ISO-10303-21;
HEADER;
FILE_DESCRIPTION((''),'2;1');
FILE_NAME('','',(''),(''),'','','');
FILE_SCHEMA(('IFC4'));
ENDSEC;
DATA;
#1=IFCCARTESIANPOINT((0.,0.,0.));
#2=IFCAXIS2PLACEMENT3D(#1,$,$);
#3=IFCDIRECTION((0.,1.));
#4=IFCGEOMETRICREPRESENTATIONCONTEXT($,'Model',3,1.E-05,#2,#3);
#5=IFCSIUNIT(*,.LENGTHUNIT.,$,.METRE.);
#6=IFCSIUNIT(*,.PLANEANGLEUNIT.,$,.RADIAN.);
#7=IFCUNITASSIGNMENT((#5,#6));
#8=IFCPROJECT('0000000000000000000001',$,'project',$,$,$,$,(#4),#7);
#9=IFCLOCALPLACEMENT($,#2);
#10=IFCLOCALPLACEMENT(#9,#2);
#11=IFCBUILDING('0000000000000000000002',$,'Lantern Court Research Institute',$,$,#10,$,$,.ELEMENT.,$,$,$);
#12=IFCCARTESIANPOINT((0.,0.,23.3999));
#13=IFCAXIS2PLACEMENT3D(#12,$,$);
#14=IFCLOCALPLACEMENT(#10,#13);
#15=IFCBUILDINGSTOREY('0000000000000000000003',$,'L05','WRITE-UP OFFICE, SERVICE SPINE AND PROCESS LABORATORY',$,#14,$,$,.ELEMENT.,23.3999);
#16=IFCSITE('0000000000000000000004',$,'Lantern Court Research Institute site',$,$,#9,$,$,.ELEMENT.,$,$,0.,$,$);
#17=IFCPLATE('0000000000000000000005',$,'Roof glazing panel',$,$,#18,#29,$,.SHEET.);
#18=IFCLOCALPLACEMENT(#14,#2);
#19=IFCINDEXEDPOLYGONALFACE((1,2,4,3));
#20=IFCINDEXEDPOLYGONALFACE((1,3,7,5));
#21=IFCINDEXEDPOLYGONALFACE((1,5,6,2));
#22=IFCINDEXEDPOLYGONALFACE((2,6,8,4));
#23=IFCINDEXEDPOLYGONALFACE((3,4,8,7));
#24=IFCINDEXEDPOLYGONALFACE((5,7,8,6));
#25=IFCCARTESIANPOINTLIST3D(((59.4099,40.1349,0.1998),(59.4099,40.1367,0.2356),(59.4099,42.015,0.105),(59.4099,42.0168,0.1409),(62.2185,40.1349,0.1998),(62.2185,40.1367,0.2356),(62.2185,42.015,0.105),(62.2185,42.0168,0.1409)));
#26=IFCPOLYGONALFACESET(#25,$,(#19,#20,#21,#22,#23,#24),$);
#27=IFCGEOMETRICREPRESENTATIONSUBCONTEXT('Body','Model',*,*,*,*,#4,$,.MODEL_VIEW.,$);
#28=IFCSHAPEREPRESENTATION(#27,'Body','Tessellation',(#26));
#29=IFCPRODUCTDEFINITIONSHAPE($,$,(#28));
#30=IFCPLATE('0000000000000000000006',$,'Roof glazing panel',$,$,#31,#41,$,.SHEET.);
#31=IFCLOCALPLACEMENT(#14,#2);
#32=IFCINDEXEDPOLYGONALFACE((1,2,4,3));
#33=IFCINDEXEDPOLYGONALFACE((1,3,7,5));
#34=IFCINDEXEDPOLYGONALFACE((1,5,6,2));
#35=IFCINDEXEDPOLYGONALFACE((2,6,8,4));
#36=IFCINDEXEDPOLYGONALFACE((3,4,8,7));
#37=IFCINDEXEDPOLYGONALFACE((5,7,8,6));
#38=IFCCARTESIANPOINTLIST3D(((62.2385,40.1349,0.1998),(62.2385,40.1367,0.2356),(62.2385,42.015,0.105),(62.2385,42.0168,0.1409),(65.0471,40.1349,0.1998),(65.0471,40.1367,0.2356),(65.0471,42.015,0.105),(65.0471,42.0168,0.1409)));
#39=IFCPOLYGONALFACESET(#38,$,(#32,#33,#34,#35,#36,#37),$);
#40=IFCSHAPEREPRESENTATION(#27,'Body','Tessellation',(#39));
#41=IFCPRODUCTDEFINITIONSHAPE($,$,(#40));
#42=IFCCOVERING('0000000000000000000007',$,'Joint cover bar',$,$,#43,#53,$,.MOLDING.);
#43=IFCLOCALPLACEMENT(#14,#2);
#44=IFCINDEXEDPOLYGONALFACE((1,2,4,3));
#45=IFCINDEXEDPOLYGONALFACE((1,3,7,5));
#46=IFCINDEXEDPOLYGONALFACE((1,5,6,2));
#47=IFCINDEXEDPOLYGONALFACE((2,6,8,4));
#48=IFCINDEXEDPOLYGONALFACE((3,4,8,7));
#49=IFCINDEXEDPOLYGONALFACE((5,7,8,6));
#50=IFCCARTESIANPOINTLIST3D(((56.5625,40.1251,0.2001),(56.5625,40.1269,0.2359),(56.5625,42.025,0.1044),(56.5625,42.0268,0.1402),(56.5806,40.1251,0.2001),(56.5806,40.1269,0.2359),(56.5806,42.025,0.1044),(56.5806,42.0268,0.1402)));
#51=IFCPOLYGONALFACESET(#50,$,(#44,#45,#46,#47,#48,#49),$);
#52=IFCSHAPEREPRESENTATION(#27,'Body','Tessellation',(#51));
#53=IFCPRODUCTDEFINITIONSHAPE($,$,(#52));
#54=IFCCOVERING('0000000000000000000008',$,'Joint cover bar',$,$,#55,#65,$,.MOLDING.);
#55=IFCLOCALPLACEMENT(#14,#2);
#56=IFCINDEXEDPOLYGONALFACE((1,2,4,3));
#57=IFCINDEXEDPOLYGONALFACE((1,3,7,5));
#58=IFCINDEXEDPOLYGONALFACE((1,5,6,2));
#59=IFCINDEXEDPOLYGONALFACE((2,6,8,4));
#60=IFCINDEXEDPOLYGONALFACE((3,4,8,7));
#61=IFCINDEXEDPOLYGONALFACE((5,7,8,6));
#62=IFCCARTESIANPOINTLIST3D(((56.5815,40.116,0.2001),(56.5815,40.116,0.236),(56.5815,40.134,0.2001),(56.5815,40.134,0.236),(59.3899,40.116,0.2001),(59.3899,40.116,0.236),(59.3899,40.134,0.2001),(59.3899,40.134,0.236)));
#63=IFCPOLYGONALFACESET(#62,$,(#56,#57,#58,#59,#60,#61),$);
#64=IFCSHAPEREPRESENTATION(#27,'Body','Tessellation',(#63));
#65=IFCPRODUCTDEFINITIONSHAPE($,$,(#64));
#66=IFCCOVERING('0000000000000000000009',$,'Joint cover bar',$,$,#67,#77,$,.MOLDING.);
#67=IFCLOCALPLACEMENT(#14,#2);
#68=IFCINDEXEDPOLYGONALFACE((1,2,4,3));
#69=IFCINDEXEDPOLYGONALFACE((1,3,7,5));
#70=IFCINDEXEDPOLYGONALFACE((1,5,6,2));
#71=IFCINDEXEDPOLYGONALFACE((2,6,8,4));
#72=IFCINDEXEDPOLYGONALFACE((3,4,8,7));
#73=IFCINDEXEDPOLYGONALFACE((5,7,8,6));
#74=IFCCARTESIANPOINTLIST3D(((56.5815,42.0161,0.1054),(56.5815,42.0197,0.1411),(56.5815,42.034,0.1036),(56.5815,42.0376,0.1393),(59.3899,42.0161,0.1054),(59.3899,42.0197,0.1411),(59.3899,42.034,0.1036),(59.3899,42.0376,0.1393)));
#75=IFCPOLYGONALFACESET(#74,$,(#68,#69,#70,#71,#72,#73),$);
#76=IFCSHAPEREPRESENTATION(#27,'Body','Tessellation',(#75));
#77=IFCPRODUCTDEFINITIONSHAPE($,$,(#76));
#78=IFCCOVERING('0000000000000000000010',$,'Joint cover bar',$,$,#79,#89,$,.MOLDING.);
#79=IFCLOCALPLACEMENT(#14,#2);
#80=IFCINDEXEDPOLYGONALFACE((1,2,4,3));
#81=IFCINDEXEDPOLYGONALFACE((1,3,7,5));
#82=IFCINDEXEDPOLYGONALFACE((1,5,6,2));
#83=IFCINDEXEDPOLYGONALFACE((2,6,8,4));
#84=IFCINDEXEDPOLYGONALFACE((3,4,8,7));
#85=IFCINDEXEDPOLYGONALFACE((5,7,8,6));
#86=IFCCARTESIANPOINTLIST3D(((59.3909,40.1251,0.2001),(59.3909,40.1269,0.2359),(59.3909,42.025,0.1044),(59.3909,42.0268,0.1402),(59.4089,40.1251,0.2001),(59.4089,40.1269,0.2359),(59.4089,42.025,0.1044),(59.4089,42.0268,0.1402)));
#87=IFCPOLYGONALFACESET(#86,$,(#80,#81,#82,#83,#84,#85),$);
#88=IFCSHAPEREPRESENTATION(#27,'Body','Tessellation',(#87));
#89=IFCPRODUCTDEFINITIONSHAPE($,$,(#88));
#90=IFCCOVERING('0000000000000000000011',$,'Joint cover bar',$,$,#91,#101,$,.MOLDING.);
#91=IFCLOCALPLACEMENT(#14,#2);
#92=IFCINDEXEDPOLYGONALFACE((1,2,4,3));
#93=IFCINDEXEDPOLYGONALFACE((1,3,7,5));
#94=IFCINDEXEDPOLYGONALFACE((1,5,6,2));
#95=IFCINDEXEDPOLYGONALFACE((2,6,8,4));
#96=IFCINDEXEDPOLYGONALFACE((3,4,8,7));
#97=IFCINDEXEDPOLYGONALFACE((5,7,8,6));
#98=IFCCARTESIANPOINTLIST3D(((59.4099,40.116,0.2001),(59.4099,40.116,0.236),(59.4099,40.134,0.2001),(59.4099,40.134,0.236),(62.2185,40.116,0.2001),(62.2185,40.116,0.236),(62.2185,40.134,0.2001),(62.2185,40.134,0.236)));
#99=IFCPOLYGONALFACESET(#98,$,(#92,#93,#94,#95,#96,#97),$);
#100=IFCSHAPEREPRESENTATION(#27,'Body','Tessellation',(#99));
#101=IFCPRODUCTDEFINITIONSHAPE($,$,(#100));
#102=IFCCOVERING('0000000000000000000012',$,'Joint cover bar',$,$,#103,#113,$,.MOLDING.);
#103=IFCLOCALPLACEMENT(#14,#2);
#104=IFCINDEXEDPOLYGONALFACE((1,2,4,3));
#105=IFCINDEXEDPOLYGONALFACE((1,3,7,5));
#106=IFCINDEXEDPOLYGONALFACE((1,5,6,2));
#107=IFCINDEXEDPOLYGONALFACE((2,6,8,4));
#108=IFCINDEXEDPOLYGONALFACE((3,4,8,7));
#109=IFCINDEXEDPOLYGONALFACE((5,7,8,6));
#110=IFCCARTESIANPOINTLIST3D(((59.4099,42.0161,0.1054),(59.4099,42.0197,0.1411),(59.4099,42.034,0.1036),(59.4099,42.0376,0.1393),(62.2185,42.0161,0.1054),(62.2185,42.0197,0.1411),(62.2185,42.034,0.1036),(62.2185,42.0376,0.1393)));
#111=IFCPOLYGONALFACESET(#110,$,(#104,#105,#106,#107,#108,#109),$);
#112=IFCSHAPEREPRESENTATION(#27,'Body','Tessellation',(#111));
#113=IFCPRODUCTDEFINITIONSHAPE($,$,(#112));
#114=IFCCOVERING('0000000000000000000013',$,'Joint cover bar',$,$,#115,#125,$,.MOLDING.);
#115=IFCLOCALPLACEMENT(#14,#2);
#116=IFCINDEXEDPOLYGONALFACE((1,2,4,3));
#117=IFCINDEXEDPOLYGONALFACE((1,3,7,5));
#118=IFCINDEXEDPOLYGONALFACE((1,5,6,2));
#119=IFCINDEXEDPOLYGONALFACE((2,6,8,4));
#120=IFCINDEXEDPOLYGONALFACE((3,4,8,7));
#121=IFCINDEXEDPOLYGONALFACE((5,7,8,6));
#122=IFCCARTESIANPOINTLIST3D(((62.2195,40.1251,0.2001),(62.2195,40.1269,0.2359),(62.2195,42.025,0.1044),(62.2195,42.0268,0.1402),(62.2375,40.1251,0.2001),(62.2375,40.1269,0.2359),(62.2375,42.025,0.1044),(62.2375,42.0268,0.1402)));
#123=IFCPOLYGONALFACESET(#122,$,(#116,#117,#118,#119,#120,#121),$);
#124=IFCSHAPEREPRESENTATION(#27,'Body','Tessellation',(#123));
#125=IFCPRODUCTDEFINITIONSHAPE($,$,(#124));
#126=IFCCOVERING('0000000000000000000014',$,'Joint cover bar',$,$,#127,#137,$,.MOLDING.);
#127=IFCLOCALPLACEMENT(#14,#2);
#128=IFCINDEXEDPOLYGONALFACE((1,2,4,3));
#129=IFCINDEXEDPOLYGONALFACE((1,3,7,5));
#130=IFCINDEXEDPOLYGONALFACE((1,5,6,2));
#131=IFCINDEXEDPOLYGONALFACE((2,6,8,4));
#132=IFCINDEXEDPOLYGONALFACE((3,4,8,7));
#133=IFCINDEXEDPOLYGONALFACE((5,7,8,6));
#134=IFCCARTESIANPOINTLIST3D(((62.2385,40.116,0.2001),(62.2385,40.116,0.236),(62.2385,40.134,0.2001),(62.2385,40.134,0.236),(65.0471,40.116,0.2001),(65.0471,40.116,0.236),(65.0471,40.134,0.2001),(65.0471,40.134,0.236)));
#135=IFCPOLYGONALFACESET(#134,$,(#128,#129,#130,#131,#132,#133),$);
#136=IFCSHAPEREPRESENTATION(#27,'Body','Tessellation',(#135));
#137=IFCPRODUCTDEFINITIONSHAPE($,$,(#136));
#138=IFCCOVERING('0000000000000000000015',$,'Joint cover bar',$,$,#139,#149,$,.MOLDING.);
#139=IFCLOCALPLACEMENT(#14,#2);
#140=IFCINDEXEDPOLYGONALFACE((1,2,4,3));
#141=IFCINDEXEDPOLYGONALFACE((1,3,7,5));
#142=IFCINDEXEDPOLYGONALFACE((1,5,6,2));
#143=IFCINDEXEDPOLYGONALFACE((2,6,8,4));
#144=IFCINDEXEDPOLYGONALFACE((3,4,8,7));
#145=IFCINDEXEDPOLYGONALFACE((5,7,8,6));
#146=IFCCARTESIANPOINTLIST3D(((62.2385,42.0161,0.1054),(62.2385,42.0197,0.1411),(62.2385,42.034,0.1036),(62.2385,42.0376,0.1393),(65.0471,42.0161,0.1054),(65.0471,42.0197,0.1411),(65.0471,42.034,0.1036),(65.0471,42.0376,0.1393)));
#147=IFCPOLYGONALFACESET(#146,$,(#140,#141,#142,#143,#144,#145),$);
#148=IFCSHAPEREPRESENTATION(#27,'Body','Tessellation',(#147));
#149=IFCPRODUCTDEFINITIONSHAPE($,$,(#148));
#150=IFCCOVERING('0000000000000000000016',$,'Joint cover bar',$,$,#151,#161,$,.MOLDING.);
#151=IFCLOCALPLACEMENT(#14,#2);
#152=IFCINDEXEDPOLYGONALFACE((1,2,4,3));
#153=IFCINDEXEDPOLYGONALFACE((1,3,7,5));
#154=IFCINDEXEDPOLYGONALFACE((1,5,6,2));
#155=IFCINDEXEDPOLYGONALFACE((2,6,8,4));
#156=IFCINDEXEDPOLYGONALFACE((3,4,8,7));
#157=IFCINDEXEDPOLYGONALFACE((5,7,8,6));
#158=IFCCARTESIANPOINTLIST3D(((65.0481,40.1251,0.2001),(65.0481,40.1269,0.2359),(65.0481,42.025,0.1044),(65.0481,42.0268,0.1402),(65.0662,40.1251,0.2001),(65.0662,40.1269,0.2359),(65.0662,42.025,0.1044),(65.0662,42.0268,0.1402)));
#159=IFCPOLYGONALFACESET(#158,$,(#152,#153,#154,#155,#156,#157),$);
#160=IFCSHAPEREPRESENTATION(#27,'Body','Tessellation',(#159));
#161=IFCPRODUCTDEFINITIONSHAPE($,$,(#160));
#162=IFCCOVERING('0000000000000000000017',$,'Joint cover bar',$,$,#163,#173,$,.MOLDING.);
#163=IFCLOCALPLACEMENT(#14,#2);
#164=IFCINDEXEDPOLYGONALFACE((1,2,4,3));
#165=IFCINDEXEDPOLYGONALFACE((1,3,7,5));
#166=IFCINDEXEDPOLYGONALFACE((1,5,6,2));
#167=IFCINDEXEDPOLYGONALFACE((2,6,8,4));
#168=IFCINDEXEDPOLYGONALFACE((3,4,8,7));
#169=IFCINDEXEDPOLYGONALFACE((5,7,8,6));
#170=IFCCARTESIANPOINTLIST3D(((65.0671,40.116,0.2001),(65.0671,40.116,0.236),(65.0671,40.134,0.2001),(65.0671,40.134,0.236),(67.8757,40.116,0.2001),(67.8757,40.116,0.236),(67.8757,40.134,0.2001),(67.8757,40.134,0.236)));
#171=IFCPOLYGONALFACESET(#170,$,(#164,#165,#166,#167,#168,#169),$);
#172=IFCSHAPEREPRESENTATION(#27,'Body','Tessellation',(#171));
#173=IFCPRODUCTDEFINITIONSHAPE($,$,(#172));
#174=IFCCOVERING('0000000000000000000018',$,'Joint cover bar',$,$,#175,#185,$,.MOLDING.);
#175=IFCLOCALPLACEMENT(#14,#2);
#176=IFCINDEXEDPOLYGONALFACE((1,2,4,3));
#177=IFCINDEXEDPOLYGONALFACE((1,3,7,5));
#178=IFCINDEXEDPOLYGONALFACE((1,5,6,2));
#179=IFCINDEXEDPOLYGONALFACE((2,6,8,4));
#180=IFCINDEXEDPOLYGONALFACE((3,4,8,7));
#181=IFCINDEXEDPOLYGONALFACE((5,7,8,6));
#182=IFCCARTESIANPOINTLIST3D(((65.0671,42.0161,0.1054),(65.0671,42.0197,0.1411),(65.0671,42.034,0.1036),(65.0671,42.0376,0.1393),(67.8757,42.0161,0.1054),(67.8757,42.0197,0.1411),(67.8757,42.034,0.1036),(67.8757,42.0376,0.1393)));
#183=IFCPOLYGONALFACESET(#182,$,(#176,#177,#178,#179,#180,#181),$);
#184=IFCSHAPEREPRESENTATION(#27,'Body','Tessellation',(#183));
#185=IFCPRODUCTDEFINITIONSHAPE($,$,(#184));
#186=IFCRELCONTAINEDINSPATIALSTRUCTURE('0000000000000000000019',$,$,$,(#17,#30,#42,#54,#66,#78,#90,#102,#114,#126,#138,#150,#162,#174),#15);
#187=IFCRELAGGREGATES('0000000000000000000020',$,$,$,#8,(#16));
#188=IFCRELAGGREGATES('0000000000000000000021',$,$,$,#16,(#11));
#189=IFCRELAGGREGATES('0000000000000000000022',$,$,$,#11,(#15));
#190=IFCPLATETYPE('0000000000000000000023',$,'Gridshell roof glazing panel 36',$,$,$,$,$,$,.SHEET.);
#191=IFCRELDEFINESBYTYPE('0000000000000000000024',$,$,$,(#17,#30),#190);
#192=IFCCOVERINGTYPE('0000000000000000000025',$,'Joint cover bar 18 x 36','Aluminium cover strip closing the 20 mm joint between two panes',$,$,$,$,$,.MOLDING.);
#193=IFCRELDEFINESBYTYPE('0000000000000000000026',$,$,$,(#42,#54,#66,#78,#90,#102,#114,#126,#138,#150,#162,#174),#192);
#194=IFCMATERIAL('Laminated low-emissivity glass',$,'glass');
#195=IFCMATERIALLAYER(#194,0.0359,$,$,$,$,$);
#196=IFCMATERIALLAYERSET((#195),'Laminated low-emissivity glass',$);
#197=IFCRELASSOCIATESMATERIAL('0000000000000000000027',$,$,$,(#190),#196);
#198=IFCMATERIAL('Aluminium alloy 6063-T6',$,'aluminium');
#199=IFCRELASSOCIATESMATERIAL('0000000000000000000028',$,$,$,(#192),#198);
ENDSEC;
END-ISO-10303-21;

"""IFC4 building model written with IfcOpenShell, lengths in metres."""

from ifc_helpers import new_model, si_unit, direction, frame, origin, origin_2d, place, context, subcontext, project, spatial, polyline, rectangle, outline, extrude, material, layer, layer_set, material_profile, profile_set, type_object, element, save


model = new_model("IFC4")

# Units and contexts
model_context = context("Model", 3, precision=1e-05, world=origin(), true_north=direction((0.0, 1.0)))
body_context = subcontext(model_context, "Body", "Model", "MODEL_VIEW")
ifc_project = project(units=[si_unit("LENGTHUNIT", "METRE"), si_unit("PLANEANGLEUNIT", "RADIAN")], contexts=[model_context])

# Site, building, storey
site_placement = place(None, origin())
site = spatial("IfcSite", under=ifc_project, at=site_placement, Name="Lantern Court Research Institute site", CompositionType="ELEMENT", RefElevation=0.0)
building_placement = place(site_placement, origin())
building = spatial("IfcBuilding", under=site, at=building_placement, Name="Lantern Court Research Institute", CompositionType="ELEMENT")
storey_placement = place(building_placement, frame((0.0, 0.0, 23.3999)))
storey = spatial("IfcBuildingStorey", under=building, at=storey_placement, Name="L05", Description="WRITE-UP OFFICE, SERVICE SPINE AND PROCESS LABORATORY", CompositionType="ELEMENT", Elevation=23.3999)

# Plates
ifc_material_1 = material(Name="Laminated low-emissivity glass", Category="glass")
ifc_layer = layer(ifc_material_1, 0.0359)
ifc_layer_set = layer_set([ifc_layer], Name="Laminated low-emissivity glass")
plate_type = type_object("IfcPlateType", Name="Gridshell roof glazing panel 36", PredefinedType="SHEET", material=ifc_layer_set)
for number, where, z_axis, x_axis, name in (
    (1, (62.2185, 40.1367, 0.2356), (0.0, 0.050319, 0.998733), (-1.0, 0.0, 0.0), "Roof glazing panel"),
    (2, (65.0471, 40.1367, 0.2356), (0.0, 0.050319, 0.998733), (-1.0, 0.0, 0.0), "Roof glazing panel"),
):
    element("IfcPlate", number, at=place(storey_placement, frame(where, z_axis=z_axis, x_axis=x_axis)), inside=storey, type_object=plate_type, Name=name, PredefinedType="SHEET", context=body_context, shape_type="SweptSolid", body=[
        extrude(outline(polyline([(0.0, 0.0), (2.8086, 0.0), (2.8086, -1.8825), (0.0, -1.8825), (0.0, 0.0)])), origin(), (0.0, 0.0, -1.0), 0.0359),
    ])

# Coverings
ifc_material_2 = material(Name="Aluminium alloy 6063-T6", Category="aluminium")
ifc_material_profile_1 = material_profile(ifc_material_2, rectangle(XDim=0.0181, YDim=0.0359, at=origin_2d()), Name="Joint cover bar 18 x 36")
ifc_profile_set_1 = profile_set([ifc_material_profile_1], Name="Aluminium alloy 6063-T6")
covering_type = type_object("IfcCoveringType", Name="Joint cover bar 18 x 36", Description="Aluminium cover strip closing the 20 mm joint between two panes", PredefinedType="MOLDING", material=ifc_profile_set_1)
covering_1_placement = place(storey_placement, frame((56.5715, 40.126, 0.218), z_axis=(0.0, 0.998734, -0.050309), x_axis=(-1.0, 0.0, 0.0)))
element("IfcCovering", 3, at=covering_1_placement, inside=storey, type_object=covering_type, Name="Joint cover bar", PredefinedType="MOLDING", context=body_context, shape_type="SweptSolid", body=[
    extrude(rectangle(XDim=0.0181, YDim=0.0359, at=origin_2d()), origin(), (0.0, 0.0, 1.0), 1.9023),
])
for number, where, z_axis, x_axis, name in (
    (4, (56.5815, 40.125, 0.218), (1.0, 0.0, 0.0), (0.0, 1.0, 0.0), "Joint cover bar"),
    (5, (56.5815, 42.0269, 0.1223), (1.0, 0.0, 0.0), (0.0, 0.994934, -0.100531), "Joint cover bar"),
):
    element("IfcCovering", number, at=place(storey_placement, frame(where, z_axis=z_axis, x_axis=x_axis)), inside=storey, type_object=covering_type, Name=name, PredefinedType="MOLDING", context=body_context, shape_type="SweptSolid", body=[
        extrude(rectangle(XDim=0.0181, YDim=0.0359, at=origin_2d()), origin(), (0.0, 0.0, 1.0), 2.8083),
    ])
covering_2_placement = place(storey_placement, frame((59.3999, 40.126, 0.218), z_axis=(0.0, 0.998734, -0.050309), x_axis=(-1.0, 0.0, 0.0)))
element("IfcCovering", 6, at=covering_2_placement, inside=storey, type_object=covering_type, Name="Joint cover bar", PredefinedType="MOLDING", context=body_context, shape_type="SweptSolid", body=[
    extrude(rectangle(XDim=0.0181, YDim=0.0359, at=origin_2d()), origin(), (0.0, 0.0, 1.0), 1.9023),
])
for number, where, z_axis, x_axis, name in (
    (7, (59.4099, 40.125, 0.218), (1.0, 0.0, 0.0), (0.0, 1.0, 0.0), "Joint cover bar"),
    (8, (59.4099, 42.0269, 0.1223), (1.0, 0.0, 0.0), (0.0, 0.994934, -0.100531), "Joint cover bar"),
):
    element("IfcCovering", number, at=place(storey_placement, frame(where, z_axis=z_axis, x_axis=x_axis)), inside=storey, type_object=covering_type, Name=name, PredefinedType="MOLDING", context=body_context, shape_type="SweptSolid", body=[
        extrude(rectangle(XDim=0.0181, YDim=0.0359, at=origin_2d()), origin(), (0.0, 0.0, 1.0), 2.8086),
    ])
covering_3_placement = place(storey_placement, frame((62.2285, 40.126, 0.218), z_axis=(0.0, 0.998734, -0.050309), x_axis=(-1.0, 0.0, 0.0)))
element("IfcCovering", 9, at=covering_3_placement, inside=storey, type_object=covering_type, Name="Joint cover bar", PredefinedType="MOLDING", context=body_context, shape_type="SweptSolid", body=[
    extrude(rectangle(XDim=0.0181, YDim=0.0359, at=origin_2d()), origin(), (0.0, 0.0, 1.0), 1.9023),
])
for number, where, z_axis, x_axis, name in (
    (10, (62.2385, 40.125, 0.218), (1.0, 0.0, 0.0), (0.0, 1.0, 0.0), "Joint cover bar"),
    (11, (62.2385, 42.0269, 0.1223), (1.0, 0.0, 0.0), (0.0, 0.994934, -0.100531), "Joint cover bar"),
):
    element("IfcCovering", number, at=place(storey_placement, frame(where, z_axis=z_axis, x_axis=x_axis)), inside=storey, type_object=covering_type, Name=name, PredefinedType="MOLDING", context=body_context, shape_type="SweptSolid", body=[
        extrude(rectangle(XDim=0.0181, YDim=0.0359, at=origin_2d()), origin(), (0.0, 0.0, 1.0), 2.8086),
    ])
covering_4_placement = place(storey_placement, frame((65.0571, 40.126, 0.218), z_axis=(0.0, 0.998734, -0.050309), x_axis=(-1.0, 0.0, 0.0)))
element("IfcCovering", 12, at=covering_4_placement, inside=storey, type_object=covering_type, Name="Joint cover bar", PredefinedType="MOLDING", context=body_context, shape_type="SweptSolid", body=[
    extrude(rectangle(XDim=0.0181, YDim=0.0359, at=origin_2d()), origin(), (0.0, 0.0, 1.0), 1.9023),
])
for number, where, z_axis, x_axis, name in (
    (13, (65.0671, 40.125, 0.218), (1.0, 0.0, 0.0), (0.0, 1.0, 0.0), "Joint cover bar"),
    (14, (65.0671, 42.0269, 0.1223), (1.0, 0.0, 0.0), (0.0, 0.994934, -0.100531), "Joint cover bar"),
):
    element("IfcCovering", number, at=place(storey_placement, frame(where, z_axis=z_axis, x_axis=x_axis)), inside=storey, type_object=covering_type, Name=name, PredefinedType="MOLDING", context=body_context, shape_type="SweptSolid", body=[
        extrude(rectangle(XDim=0.0181, YDim=0.0359, at=origin_2d()), origin(), (0.0, 0.0, 1.0), 2.8086),
    ])

save(model, "model.ifc")
